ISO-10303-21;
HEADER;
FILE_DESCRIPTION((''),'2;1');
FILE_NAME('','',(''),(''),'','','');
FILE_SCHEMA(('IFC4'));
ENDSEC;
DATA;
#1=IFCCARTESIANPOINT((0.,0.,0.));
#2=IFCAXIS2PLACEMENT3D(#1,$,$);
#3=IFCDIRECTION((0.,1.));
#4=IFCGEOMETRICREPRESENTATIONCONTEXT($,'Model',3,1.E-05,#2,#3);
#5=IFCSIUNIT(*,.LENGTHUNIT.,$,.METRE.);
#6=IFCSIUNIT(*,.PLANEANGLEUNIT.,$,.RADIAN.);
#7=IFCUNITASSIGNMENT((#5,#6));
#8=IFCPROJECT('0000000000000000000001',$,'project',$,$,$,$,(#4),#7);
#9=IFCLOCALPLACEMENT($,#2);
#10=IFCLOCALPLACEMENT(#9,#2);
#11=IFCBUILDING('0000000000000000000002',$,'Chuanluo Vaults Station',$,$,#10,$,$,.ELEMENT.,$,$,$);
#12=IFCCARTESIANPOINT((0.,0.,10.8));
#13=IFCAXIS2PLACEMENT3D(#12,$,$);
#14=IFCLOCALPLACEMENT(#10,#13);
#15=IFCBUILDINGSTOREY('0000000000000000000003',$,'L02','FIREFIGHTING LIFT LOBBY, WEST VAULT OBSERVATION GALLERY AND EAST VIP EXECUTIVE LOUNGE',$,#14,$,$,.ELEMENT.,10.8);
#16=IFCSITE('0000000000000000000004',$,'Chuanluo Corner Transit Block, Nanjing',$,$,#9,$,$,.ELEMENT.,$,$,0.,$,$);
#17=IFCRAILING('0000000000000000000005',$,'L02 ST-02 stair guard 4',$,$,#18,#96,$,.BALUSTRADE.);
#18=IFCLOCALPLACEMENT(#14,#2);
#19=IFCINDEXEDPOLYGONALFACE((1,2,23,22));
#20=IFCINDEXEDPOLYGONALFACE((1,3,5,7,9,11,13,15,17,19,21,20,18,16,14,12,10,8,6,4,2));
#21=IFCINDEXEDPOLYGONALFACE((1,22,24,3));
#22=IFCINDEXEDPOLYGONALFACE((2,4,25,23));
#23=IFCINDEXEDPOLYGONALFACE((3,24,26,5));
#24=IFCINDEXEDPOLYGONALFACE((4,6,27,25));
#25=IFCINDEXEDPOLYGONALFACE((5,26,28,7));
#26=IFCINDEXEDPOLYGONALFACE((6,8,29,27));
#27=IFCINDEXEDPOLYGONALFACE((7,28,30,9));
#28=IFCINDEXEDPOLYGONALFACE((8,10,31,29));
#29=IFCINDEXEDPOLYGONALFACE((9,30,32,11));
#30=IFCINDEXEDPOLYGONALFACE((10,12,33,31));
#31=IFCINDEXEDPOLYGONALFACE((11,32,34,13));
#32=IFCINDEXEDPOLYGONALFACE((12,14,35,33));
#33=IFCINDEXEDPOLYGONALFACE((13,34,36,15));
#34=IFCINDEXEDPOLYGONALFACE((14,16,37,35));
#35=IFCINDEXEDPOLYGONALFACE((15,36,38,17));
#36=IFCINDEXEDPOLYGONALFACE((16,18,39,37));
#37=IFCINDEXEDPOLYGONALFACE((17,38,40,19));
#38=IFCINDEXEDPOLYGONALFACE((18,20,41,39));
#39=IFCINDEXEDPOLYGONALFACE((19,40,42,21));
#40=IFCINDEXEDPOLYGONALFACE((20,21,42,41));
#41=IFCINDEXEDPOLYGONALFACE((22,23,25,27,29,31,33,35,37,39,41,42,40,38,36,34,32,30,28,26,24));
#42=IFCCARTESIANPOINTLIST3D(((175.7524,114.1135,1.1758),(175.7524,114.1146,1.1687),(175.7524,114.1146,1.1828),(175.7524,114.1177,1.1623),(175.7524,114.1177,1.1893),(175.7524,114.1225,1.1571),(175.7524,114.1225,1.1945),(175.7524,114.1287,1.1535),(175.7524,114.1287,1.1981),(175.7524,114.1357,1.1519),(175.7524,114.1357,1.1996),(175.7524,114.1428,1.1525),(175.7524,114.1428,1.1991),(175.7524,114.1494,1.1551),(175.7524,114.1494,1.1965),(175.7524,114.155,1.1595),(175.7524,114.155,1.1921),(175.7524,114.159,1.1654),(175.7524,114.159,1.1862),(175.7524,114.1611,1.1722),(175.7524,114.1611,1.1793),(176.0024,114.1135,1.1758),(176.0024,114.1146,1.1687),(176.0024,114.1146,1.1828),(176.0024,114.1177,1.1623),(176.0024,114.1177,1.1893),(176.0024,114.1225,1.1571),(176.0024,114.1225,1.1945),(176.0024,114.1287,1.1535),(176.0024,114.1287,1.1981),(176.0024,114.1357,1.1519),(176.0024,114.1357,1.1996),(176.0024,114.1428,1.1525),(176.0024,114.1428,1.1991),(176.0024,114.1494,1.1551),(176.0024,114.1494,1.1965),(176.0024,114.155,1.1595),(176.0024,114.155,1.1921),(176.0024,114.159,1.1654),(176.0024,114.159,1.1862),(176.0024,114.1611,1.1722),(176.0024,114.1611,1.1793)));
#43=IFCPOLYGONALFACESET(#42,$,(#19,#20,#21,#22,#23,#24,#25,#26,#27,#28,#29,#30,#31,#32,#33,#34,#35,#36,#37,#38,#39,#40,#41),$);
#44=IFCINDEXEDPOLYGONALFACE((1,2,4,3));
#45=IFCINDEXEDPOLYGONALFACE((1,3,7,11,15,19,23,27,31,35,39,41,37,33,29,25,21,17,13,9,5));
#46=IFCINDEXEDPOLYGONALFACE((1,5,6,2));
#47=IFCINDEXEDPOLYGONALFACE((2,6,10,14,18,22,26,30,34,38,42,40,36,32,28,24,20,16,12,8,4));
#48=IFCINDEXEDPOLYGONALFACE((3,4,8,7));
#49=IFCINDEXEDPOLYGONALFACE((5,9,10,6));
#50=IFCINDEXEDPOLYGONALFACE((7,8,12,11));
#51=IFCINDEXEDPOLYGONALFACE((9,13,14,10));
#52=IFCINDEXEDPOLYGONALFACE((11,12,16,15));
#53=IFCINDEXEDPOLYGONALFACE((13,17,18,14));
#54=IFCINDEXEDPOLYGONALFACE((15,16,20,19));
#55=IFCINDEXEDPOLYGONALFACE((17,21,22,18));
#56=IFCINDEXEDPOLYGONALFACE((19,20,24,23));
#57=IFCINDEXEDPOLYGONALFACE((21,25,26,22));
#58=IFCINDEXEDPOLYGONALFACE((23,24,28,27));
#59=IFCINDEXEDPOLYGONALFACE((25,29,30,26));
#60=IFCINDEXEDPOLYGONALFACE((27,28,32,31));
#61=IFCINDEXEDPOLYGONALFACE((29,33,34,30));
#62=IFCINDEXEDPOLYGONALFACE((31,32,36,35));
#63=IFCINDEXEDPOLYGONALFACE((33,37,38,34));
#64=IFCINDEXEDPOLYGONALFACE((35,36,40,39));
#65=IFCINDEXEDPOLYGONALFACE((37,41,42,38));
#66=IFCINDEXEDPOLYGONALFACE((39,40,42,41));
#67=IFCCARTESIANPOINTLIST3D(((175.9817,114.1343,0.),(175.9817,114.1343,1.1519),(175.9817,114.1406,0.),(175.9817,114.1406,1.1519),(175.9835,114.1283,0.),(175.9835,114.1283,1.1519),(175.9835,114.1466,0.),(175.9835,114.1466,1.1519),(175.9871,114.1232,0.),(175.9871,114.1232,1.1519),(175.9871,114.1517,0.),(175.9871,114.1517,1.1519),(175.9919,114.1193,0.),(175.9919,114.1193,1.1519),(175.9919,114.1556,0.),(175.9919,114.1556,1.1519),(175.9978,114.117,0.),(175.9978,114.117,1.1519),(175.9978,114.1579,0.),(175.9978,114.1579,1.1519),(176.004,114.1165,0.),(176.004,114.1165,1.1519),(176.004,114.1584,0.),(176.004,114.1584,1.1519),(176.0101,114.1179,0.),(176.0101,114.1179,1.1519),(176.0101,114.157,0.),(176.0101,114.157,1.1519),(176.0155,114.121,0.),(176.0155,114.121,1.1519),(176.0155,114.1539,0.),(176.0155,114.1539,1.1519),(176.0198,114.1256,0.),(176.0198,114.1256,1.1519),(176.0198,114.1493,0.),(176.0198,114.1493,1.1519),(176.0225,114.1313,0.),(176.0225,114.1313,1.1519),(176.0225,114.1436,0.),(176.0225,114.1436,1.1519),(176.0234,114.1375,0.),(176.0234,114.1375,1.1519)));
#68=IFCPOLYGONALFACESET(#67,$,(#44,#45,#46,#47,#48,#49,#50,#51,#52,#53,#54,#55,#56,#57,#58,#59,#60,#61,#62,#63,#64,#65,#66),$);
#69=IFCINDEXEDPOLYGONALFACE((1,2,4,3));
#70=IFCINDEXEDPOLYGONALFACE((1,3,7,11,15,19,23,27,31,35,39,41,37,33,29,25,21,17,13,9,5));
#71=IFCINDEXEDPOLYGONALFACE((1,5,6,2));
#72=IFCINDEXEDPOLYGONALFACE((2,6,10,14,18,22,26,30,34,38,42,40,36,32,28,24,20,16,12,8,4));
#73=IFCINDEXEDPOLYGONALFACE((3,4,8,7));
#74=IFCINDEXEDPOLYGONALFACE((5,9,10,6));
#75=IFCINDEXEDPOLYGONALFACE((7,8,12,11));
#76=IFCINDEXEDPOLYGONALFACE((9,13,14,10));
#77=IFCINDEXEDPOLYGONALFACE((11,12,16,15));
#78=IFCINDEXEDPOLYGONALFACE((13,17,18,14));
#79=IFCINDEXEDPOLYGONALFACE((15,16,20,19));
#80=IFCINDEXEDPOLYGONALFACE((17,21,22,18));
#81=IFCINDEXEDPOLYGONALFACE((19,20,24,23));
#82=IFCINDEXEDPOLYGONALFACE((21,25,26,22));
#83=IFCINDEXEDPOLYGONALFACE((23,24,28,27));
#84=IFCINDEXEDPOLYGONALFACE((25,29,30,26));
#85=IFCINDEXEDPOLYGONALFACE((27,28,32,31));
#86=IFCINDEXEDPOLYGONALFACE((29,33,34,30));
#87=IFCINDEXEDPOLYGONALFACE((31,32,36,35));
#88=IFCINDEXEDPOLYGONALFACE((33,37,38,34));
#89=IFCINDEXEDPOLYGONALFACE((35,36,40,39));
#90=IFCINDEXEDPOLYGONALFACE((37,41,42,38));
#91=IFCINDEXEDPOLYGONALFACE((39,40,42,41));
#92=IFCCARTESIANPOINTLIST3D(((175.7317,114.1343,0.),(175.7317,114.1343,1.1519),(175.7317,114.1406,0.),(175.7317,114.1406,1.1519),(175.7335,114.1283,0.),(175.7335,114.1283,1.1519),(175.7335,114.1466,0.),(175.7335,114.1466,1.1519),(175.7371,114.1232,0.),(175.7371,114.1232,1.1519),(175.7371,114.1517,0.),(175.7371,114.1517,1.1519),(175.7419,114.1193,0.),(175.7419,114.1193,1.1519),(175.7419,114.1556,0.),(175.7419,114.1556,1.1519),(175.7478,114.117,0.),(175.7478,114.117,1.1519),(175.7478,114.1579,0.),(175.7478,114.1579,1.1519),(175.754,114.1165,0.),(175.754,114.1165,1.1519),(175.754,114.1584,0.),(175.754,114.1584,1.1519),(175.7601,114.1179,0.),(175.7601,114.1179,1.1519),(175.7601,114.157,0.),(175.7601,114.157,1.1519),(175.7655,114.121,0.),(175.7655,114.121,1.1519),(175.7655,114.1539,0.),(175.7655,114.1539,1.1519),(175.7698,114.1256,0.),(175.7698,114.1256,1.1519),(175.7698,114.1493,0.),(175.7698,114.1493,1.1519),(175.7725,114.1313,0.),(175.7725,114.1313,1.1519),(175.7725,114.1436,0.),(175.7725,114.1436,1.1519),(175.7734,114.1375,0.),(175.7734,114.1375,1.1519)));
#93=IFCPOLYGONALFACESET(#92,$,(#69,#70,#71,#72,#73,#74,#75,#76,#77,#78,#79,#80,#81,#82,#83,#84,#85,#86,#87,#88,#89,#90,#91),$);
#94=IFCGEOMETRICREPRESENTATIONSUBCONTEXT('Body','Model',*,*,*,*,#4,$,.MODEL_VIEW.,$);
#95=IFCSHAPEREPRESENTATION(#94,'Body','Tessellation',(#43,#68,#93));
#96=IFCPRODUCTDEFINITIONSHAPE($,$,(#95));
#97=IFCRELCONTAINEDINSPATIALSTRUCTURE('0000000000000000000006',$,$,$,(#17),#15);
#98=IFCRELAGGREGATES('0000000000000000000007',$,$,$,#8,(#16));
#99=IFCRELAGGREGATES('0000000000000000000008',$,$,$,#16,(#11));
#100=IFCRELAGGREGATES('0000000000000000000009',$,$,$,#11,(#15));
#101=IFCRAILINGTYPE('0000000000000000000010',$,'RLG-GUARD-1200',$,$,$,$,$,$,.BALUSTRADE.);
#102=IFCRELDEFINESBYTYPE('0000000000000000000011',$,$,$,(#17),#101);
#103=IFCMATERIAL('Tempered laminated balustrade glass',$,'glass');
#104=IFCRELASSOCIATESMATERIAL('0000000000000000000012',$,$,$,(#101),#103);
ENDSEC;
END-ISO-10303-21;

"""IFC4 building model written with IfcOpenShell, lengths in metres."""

from ifc_helpers import new_model, si_unit, direction, frame, origin, origin_2d, place, context, subcontext, project, spatial, circle, extrude, material, type_object, element, save


model = new_model("IFC4")

# Units and contexts
model_context = context("Model", 3, precision=1e-05, world=origin(), true_north=direction((0.0, 1.0)))
body_context = subcontext(model_context, "Body", "Model", "MODEL_VIEW")
ifc_project = project(units=[si_unit("LENGTHUNIT", "METRE"), si_unit("PLANEANGLEUNIT", "RADIAN")], contexts=[model_context])

# Site, building, storey
site_placement = place(None, origin())
site = spatial("IfcSite", under=ifc_project, at=site_placement, Name="Chuanluo Corner Transit Block, Nanjing", CompositionType="ELEMENT", RefElevation=0.0)
building_placement = place(site_placement, origin())
building = spatial("IfcBuilding", under=site, at=building_placement, Name="Chuanluo Vaults Station", CompositionType="ELEMENT")
storey_placement = place(building_placement, frame((0.0, 0.0, 10.8)))
storey = spatial("IfcBuildingStorey", under=building, at=storey_placement, Name="L02", Description="FIREFIGHTING LIFT LOBBY, WEST VAULT OBSERVATION GALLERY AND EAST VIP EXECUTIVE LOUNGE", CompositionType="ELEMENT", Elevation=10.8)

# Railing
ifc_material_1 = material(Name="Tempered laminated balustrade glass", Category="glass")
railing_type_1 = type_object("IfcRailingType", Name="RLG-GUARD-1200", PredefinedType="BALUSTRADE", material=ifc_material_1)
railing_1_placement = place(storey_placement, frame((176.0024, 114.1375, 0.0)))
element("IfcRailing", 1, at=railing_1_placement, inside=storey, type_object=railing_type_1, Name="L02 ST-02 stair guard 4", PredefinedType="BALUSTRADE", context=body_context, shape_type="SweptSolid", body=[
    extrude(circle(Radius=0.0239, at=origin_2d()), frame((0.0, 0.0, 1.1758), z_axis=(-1.0, 0.0, 0.0), x_axis=(0.0, -1.0, 0.0)), (0.0, 0.0, 1.0), 0.25),
    extrude(circle(Radius=0.021, at=origin_2d()), origin(), (0.0, 0.0, 1.0), 1.1519),
    extrude(circle(Radius=0.021, at=origin_2d()), frame((-0.25, 0.0, 0.0)), (0.0, 0.0, 1.0), 1.1519),
])

save(model, "model.ifc")
